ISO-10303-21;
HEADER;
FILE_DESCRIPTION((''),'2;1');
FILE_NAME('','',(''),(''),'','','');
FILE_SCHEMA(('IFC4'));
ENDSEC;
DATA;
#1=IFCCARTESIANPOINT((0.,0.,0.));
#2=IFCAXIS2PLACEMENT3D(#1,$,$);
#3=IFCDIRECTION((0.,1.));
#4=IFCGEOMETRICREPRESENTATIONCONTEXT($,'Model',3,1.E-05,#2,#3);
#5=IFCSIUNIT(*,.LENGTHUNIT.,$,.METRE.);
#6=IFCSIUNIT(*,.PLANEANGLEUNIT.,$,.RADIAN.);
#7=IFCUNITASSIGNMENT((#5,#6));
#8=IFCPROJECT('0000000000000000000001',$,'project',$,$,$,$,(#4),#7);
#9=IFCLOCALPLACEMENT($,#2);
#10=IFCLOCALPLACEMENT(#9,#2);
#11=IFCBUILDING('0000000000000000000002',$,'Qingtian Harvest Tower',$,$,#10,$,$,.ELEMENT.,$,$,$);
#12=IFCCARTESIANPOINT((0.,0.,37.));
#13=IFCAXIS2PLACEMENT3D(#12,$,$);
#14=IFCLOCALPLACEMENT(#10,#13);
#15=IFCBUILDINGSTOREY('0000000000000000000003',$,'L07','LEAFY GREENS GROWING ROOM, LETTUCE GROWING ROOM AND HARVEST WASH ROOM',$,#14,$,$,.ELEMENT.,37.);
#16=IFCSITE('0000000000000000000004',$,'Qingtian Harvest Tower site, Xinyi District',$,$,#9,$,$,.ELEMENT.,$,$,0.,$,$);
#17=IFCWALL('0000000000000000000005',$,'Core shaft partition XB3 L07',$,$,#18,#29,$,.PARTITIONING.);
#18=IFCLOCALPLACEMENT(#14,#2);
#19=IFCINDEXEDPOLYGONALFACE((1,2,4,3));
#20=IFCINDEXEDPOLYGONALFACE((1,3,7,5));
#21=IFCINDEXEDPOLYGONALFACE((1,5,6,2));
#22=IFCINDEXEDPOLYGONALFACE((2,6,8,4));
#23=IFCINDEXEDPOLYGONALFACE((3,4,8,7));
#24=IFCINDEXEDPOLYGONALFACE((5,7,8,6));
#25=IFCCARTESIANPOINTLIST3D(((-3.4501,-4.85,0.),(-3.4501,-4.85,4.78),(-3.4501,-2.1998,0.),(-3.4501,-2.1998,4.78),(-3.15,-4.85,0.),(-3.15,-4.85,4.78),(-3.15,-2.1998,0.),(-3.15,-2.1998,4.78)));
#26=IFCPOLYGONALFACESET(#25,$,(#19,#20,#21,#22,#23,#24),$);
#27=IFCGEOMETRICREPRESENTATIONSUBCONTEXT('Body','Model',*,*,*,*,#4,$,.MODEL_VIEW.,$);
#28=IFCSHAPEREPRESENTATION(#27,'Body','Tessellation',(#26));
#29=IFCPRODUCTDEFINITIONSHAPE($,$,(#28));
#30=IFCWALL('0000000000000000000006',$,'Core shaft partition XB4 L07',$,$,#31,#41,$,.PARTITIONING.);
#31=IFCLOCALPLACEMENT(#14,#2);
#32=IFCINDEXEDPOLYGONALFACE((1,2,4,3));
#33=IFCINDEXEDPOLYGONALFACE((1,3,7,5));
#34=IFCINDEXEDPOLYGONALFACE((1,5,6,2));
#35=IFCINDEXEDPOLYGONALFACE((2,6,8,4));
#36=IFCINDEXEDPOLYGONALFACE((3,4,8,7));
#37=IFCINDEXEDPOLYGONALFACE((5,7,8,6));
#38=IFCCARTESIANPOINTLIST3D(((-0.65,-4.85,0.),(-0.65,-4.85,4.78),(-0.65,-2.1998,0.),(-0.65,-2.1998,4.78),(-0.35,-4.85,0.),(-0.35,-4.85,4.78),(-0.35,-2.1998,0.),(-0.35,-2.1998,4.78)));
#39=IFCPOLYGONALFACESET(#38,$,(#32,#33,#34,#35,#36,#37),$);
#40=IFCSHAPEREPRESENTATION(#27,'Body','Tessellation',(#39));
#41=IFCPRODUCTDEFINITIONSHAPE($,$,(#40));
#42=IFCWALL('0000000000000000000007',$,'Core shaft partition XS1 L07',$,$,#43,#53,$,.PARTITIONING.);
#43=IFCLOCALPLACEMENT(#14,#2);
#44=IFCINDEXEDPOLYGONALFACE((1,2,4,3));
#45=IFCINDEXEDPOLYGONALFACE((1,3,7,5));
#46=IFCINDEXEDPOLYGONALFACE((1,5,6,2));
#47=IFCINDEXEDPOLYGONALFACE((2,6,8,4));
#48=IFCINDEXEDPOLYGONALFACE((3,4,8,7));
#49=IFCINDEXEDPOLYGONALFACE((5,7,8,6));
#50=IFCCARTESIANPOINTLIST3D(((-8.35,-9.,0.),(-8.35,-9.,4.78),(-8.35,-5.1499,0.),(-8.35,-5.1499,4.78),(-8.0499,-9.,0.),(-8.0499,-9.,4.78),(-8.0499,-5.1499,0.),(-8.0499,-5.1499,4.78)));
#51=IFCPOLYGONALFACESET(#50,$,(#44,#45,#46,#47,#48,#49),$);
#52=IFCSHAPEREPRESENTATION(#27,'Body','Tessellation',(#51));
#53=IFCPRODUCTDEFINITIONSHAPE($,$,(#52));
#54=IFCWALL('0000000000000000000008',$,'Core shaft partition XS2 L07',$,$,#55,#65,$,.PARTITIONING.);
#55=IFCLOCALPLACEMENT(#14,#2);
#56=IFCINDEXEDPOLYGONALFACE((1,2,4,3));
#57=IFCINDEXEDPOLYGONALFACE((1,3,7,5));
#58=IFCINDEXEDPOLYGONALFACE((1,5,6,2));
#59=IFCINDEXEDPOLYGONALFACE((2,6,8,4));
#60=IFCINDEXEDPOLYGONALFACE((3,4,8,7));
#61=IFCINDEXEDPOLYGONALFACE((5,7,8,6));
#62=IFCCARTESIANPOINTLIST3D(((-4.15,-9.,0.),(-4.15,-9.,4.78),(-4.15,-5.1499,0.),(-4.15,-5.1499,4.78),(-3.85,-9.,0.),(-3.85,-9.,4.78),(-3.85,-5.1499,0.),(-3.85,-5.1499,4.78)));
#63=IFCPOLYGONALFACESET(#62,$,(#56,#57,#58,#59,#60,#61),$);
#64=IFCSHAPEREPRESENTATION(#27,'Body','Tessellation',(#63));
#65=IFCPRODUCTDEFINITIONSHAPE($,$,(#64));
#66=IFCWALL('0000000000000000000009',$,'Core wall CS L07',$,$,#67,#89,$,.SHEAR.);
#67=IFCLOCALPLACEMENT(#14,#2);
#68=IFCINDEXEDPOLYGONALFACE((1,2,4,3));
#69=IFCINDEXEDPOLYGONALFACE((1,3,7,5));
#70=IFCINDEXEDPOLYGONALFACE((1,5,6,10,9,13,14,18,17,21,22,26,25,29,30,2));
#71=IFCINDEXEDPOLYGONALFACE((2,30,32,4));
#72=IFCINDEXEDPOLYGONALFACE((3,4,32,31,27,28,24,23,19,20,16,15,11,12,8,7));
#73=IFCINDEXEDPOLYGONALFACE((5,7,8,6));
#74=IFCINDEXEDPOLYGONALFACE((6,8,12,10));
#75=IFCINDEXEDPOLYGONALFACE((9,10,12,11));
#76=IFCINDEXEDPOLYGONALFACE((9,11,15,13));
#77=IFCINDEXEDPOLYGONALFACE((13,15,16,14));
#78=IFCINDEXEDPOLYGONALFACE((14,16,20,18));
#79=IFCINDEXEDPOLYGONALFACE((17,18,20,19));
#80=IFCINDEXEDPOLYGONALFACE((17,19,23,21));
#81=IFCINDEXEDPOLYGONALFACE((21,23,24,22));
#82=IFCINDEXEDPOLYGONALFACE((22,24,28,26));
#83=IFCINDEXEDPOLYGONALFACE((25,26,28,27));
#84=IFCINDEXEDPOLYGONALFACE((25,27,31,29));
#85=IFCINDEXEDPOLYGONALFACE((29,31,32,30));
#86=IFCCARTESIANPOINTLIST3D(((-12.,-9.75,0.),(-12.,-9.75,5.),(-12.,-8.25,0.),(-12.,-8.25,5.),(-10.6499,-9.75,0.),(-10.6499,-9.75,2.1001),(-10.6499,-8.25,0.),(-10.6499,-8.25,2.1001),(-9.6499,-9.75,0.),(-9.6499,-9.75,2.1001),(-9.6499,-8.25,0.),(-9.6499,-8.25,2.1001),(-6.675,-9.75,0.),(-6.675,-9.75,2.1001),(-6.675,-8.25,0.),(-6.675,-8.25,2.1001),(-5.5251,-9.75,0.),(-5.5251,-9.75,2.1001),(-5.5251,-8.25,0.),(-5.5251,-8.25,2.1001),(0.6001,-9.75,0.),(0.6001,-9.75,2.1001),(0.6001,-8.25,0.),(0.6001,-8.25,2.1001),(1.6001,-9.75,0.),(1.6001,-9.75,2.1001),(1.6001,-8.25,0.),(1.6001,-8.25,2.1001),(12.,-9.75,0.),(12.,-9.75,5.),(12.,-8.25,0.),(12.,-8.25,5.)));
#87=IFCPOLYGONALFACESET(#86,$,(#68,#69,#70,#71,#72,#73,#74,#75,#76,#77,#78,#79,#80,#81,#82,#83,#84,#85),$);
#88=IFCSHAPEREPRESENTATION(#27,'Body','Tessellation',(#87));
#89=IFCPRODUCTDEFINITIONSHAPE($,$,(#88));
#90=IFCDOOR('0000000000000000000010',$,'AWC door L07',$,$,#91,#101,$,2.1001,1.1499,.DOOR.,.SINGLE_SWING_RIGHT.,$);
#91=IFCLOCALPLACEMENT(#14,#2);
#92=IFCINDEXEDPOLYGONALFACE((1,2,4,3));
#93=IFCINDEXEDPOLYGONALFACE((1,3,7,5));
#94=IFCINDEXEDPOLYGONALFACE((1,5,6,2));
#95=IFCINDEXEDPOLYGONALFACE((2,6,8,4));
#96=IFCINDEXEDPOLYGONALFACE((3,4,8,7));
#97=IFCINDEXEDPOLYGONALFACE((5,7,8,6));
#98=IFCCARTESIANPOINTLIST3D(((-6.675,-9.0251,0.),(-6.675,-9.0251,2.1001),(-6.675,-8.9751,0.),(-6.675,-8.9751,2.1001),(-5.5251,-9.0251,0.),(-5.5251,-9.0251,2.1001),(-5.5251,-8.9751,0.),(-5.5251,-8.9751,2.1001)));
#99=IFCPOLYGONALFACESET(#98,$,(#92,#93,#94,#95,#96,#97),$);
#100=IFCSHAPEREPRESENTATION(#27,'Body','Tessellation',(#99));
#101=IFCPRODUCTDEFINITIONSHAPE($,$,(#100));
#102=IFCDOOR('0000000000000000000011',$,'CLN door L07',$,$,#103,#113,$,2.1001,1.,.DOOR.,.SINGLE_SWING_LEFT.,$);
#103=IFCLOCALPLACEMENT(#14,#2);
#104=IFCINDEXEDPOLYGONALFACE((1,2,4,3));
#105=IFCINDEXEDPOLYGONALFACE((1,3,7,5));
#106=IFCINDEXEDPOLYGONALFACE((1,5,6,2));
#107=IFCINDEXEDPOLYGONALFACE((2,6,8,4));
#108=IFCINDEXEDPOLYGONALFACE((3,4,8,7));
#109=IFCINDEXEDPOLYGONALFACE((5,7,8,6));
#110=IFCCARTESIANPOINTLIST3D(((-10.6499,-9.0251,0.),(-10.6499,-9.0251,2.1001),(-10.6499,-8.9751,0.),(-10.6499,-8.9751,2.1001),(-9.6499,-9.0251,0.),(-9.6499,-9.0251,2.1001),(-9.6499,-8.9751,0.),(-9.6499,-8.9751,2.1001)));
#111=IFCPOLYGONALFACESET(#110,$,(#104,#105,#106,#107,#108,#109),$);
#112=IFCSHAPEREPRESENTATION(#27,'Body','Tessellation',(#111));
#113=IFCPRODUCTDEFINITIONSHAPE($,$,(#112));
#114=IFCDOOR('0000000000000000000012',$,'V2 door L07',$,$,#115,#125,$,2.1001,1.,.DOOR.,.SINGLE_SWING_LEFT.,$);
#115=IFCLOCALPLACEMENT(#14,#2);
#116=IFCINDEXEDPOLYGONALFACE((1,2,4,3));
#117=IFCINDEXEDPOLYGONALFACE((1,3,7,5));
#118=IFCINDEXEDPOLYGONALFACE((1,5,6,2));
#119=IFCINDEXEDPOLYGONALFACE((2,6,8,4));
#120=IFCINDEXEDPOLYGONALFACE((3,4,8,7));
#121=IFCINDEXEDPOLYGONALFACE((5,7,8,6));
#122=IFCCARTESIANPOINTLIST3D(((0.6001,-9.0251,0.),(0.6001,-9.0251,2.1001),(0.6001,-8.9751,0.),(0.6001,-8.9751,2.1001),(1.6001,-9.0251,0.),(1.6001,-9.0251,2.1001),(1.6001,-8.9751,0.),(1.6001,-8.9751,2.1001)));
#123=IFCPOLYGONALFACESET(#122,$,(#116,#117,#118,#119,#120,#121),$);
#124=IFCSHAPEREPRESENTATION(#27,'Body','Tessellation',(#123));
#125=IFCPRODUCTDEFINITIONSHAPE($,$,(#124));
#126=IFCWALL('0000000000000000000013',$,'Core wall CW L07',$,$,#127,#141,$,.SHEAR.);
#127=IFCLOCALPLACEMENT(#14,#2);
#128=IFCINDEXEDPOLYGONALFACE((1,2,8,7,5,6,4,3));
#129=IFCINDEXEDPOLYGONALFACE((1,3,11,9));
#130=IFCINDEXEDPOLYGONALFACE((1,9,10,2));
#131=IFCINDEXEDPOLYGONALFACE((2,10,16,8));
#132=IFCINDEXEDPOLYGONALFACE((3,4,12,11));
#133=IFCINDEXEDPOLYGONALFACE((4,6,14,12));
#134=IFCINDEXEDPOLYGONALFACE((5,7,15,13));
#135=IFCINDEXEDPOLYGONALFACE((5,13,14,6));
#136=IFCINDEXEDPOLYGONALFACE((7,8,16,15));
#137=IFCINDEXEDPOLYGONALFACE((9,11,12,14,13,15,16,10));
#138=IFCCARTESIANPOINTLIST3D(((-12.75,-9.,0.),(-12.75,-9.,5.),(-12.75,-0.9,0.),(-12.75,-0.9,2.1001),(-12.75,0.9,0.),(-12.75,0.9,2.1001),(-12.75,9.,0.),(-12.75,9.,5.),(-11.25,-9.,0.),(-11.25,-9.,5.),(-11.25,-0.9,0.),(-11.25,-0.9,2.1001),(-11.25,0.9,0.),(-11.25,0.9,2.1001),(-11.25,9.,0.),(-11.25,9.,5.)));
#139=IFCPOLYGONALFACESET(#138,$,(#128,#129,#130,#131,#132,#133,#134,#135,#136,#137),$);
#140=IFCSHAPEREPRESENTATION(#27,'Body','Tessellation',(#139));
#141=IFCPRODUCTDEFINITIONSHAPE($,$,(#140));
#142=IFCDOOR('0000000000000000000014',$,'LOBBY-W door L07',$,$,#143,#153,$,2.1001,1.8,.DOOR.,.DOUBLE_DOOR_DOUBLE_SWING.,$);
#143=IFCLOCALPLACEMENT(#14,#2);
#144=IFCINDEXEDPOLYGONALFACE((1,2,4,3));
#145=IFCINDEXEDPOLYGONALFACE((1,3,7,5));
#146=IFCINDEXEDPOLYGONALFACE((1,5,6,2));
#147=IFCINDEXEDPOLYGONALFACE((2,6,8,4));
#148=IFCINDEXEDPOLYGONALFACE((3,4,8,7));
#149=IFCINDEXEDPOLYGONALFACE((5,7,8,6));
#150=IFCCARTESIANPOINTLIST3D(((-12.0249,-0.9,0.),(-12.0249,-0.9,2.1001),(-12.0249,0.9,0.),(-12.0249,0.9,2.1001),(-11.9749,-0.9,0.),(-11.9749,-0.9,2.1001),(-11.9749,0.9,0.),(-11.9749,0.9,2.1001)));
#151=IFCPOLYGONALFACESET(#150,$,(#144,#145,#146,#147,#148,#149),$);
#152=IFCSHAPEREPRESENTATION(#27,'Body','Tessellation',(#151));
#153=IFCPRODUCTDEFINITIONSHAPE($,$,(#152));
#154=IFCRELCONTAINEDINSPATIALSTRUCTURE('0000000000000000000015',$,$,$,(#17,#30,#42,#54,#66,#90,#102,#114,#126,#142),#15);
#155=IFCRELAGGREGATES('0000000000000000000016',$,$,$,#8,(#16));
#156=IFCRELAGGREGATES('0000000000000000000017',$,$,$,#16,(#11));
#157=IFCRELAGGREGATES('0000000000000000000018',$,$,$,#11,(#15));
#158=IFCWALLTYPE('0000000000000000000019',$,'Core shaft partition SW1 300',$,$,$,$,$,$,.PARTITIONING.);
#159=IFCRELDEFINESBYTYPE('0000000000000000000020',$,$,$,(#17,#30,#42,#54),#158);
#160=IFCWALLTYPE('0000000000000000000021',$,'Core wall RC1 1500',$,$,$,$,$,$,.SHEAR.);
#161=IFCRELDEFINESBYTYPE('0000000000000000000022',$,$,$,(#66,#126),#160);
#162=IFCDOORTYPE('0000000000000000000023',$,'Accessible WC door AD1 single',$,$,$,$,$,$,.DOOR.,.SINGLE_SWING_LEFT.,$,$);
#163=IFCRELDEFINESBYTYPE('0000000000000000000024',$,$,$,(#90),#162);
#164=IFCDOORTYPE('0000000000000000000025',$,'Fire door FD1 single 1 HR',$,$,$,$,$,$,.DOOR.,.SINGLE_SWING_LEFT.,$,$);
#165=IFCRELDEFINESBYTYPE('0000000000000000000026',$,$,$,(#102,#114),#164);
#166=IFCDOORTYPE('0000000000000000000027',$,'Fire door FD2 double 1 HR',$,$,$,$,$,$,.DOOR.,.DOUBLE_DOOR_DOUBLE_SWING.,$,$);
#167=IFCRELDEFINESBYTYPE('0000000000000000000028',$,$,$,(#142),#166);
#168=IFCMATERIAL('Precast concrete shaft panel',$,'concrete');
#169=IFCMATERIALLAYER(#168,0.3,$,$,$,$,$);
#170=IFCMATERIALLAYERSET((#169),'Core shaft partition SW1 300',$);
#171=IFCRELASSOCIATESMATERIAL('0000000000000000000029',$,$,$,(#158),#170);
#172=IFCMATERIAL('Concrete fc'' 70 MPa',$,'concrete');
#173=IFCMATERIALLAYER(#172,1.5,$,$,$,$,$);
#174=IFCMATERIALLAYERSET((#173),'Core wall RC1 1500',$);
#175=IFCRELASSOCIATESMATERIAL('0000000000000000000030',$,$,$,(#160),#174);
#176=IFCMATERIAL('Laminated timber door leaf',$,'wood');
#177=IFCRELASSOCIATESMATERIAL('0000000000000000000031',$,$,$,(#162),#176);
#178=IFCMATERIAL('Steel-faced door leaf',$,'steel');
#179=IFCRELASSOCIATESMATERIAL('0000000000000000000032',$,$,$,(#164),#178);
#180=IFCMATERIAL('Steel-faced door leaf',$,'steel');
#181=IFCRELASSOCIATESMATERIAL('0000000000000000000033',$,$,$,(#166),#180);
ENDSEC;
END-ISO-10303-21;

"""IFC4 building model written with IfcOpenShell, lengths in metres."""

from ifc_helpers import new_model, si_unit, direction, frame, frame_2d, origin, place, context, subcontext, project, spatial, rectangle, extrude, material, layer, layer_set, type_object, element, fill, save


model = new_model("IFC4")

# Units and contexts
model_context = context("Model", 3, precision=1e-05, world=origin(), true_north=direction((0.0, 1.0)))
body_context = subcontext(model_context, "Body", "Model", "MODEL_VIEW")
ifc_project = project(units=[si_unit("LENGTHUNIT", "METRE"), si_unit("PLANEANGLEUNIT", "RADIAN")], contexts=[model_context])

# Site, building, storey
site_placement = place(None, origin())
site = spatial("IfcSite", under=ifc_project, at=site_placement, Name="Qingtian Harvest Tower site, Xinyi District", CompositionType="ELEMENT", RefElevation=0.0)
building_placement = place(site_placement, origin())
building = spatial("IfcBuilding", under=site, at=building_placement, Name="Qingtian Harvest Tower", CompositionType="ELEMENT")
storey_placement = place(building_placement, frame((0.0, 0.0, 37.0)))
storey = spatial("IfcBuildingStorey", under=building, at=storey_placement, Name="L07", Description="LEAFY GREENS GROWING ROOM, LETTUCE GROWING ROOM AND HARVEST WASH ROOM", CompositionType="ELEMENT", Elevation=37.0)

# Walls
ifc_material_1 = material(Name="Precast concrete shaft panel", Category="concrete")
ifc_layer_1 = layer(ifc_material_1, 0.3)
ifc_layer_set_1 = layer_set([ifc_layer_1], Name="Core shaft partition SW1 300")
wall_type_1 = type_object("IfcWallType", Name="Core shaft partition SW1 300", PredefinedType="PARTITIONING", material=ifc_layer_set_1)
for number, where, z_axis, x_axis, name in (
    (1, (-3.3, -4.8501, 0.0), (0.0, 0.0, 1.0), (0.0, 1.0, 0.0), "Core shaft partition XB3 L07"),
    (2, (-0.5, -4.8501, 0.0), (0.0, 0.0, 1.0), (0.0, 1.0, 0.0), "Core shaft partition XB4 L07"),
):
    element("IfcWall", number, at=place(storey_placement, frame(where, z_axis=z_axis, x_axis=x_axis)), inside=storey, type_object=wall_type_1, Name=name, PredefinedType="PARTITIONING", context=body_context, shape_type="SweptSolid", body=[
        extrude(rectangle(XDim=2.6501, YDim=0.3, at=frame_2d((1.3252, 0.0))), origin(), (0.0, 0.0, 1.0), 4.78),
    ])
for number, where, z_axis, x_axis, name in (
    (3, (-8.2, -9.0, 0.0), (0.0, 0.0, 1.0), (0.0, 1.0, 0.0), "Core shaft partition XS1 L07"),
    (4, (-4.0, -9.0, 0.0), (0.0, 0.0, 1.0), (0.0, 1.0, 0.0), "Core shaft partition XS2 L07"),
):
    element("IfcWall", number, at=place(storey_placement, frame(where, z_axis=z_axis, x_axis=x_axis)), inside=storey, type_object=wall_type_1, Name=name, PredefinedType="PARTITIONING", context=body_context, shape_type="SweptSolid", body=[
        extrude(rectangle(XDim=3.8501, YDim=0.3, at=frame_2d((1.925, 0.0))), origin(), (0.0, 0.0, 1.0), 4.78),
    ])

# Wall, openings, doors
ifc_material_2 = material(Name="Concrete fc' 70 MPa", Category="concrete")
ifc_layer_2 = layer(ifc_material_2, 1.5)
ifc_layer_set_2 = layer_set([ifc_layer_2], Name="Core wall RC1 1500")
wall_type_2 = type_object("IfcWallType", Name="Core wall RC1 1500", PredefinedType="SHEAR", material=ifc_layer_set_2)
wall_1_placement = place(storey_placement, frame((-12.0, -9.0, 0.0), z_axis=(0.0, 0.0, 1.0), x_axis=(1.0, 0.0, 0.0)))
wall_1 = element("IfcWall", 5, at=wall_1_placement, inside=storey, type_object=wall_type_2, Name="Core wall CS L07", PredefinedType="SHEAR", context=body_context, shape_type="SweptSolid", body=[
    extrude(rectangle(XDim=24.0, YDim=1.5, at=frame_2d((12.0, 0.0))), origin(), (0.0, 0.0, 1.0), 5.0),
])
opening_1_placement = place(wall_1_placement, frame((1.3501, 0.0, 0.0)))
opening_1 = element("IfcOpeningElement", 6, at=opening_1_placement, cuts=wall_1, PredefinedType="OPENING", context=body_context, shape_type="SweptSolid", body=[
    extrude(rectangle(XDim=1.0, YDim=2.1001, at=frame_2d((0.5, 1.05))), frame((0.0, 0.76, 0.0), z_axis=(0.0, -1.0, 0.0), x_axis=(1.0, 0.0, 0.0)), (0.0, 0.0, 1.0), 1.52),
])
opening_2_placement = place(wall_1_placement, frame((5.325, 0.0, 0.0)))
opening_2 = element("IfcOpeningElement", 7, at=opening_2_placement, cuts=wall_1, PredefinedType="OPENING", context=body_context, shape_type="SweptSolid", body=[
    extrude(rectangle(XDim=1.1499, YDim=2.1001, at=frame_2d((0.575, 1.05))), frame((0.0, 0.76, 0.0), z_axis=(0.0, -1.0, 0.0), x_axis=(1.0, 0.0, 0.0)), (0.0, 0.0, 1.0), 1.52),
])
opening_3_placement = place(wall_1_placement, frame((12.6001, 0.0, 0.0)))
opening_3 = element("IfcOpeningElement", 8, at=opening_3_placement, cuts=wall_1, PredefinedType="OPENING", context=body_context, shape_type="SweptSolid", body=[
    extrude(rectangle(XDim=1.0, YDim=2.1001, at=frame_2d((0.5, 1.05))), frame((0.0, 0.76, 0.0), z_axis=(0.0, -1.0, 0.0), x_axis=(1.0, 0.0, 0.0)), (0.0, 0.0, 1.0), 1.52),
])
ifc_material_3 = material(Name="Laminated timber door leaf", Category="wood")
door_type_1 = type_object("IfcDoorType", Name="Accessible WC door AD1 single", OperationType="SINGLE_SWING_LEFT", PredefinedType="DOOR", material=ifc_material_3)
door_1_placement = place(opening_2_placement, origin())
door_1 = element("IfcDoor", 9, at=door_1_placement, inside=storey, type_object=door_type_1, Name="AWC door L07", OperationType="SINGLE_SWING_RIGHT", OverallHeight=2.1001, OverallWidth=1.1499, PredefinedType="DOOR", context=body_context, shape_type="SweptSolid", body=[
    extrude(rectangle(XDim=1.1499, YDim=2.1001, at=frame_2d((0.575, 1.05))), frame((0.0, 0.0249, 0.0), z_axis=(0.0, -1.0, 0.0), x_axis=(1.0, 0.0, 0.0)), (0.0, 0.0, 1.0), 0.05),
])
fill(opening_2, door_1)
ifc_material_4 = material(Name="Steel-faced door leaf", Category="steel")
door_type_2 = type_object("IfcDoorType", Name="Fire door FD1 single 1 HR", OperationType="SINGLE_SWING_LEFT", PredefinedType="DOOR", material=ifc_material_4)
door_2_placement = place(opening_1_placement, origin())
door_2 = element("IfcDoor", 10, at=door_2_placement, inside=storey, type_object=door_type_2, Name="CLN door L07", OperationType="SINGLE_SWING_LEFT", OverallHeight=2.1001, OverallWidth=1.0, PredefinedType="DOOR", context=body_context, shape_type="SweptSolid", body=[
    extrude(rectangle(XDim=1.0, YDim=2.1001, at=frame_2d((0.5, 1.05))), frame((0.0, 0.0249, 0.0), z_axis=(0.0, -1.0, 0.0), x_axis=(1.0, 0.0, 0.0)), (0.0, 0.0, 1.0), 0.05),
])
fill(opening_1, door_2)
door_3_placement = place(opening_3_placement, origin())
door_3 = element("IfcDoor", 11, at=door_3_placement, inside=storey, type_object=door_type_2, Name="V2 door L07", OperationType="SINGLE_SWING_LEFT", OverallHeight=2.1001, OverallWidth=1.0, PredefinedType="DOOR", context=body_context, shape_type="SweptSolid", body=[
    extrude(rectangle(XDim=1.0, YDim=2.1001, at=frame_2d((0.5, 1.05))), frame((0.0, 0.0249, 0.0), z_axis=(0.0, -1.0, 0.0), x_axis=(1.0, 0.0, 0.0)), (0.0, 0.0, 1.0), 0.05),
])
fill(opening_3, door_3)

# Wall, opening, door
wall_2_placement = place(storey_placement, frame((-12.0, -9.0, 0.0), z_axis=(0.0, 0.0, 1.0), x_axis=(0.0, 1.0, 0.0)))
wall_2 = element("IfcWall", 12, at=wall_2_placement, inside=storey, type_object=wall_type_2, Name="Core wall CW L07", PredefinedType="SHEAR", context=body_context, shape_type="SweptSolid", body=[
    extrude(rectangle(XDim=18.0, YDim=1.5, at=frame_2d((9.0, 0.0))), origin(), (0.0, 0.0, 1.0), 5.0),
])
opening_4_placement = place(wall_2_placement, frame((8.1001, 0.0, 0.0)))
opening_4 = element("IfcOpeningElement", 13, at=opening_4_placement, cuts=wall_2, PredefinedType="OPENING", context=body_context, shape_type="SweptSolid", body=[
    extrude(rectangle(XDim=1.8, YDim=2.1001, at=frame_2d((0.8999, 1.05))), frame((0.0, 0.76, 0.0), z_axis=(0.0, -1.0, 0.0), x_axis=(1.0, 0.0, 0.0)), (0.0, 0.0, 1.0), 1.52),
])
ifc_material_5 = material(Name="Steel-faced door leaf", Category="steel")
door_type_3 = type_object("IfcDoorType", Name="Fire door FD2 double 1 HR", OperationType="DOUBLE_DOOR_DOUBLE_SWING", PredefinedType="DOOR", material=ifc_material_5)
door_4_placement = place(opening_4_placement, origin())
door_4 = element("IfcDoor", 14, at=door_4_placement, inside=storey, type_object=door_type_3, Name="LOBBY-W door L07", OperationType="DOUBLE_DOOR_DOUBLE_SWING", OverallHeight=2.1001, OverallWidth=1.8, PredefinedType="DOOR", context=body_context, shape_type="SweptSolid", body=[
    extrude(rectangle(XDim=1.8, YDim=2.1001, at=frame_2d((0.8999, 1.05))), frame((0.0, 0.0249, 0.0), z_axis=(0.0, -1.0, 0.0), x_axis=(1.0, 0.0, 0.0)), (0.0, 0.0, 1.0), 0.05),
])
fill(opening_4, door_4)

save(model, "model.ifc")
